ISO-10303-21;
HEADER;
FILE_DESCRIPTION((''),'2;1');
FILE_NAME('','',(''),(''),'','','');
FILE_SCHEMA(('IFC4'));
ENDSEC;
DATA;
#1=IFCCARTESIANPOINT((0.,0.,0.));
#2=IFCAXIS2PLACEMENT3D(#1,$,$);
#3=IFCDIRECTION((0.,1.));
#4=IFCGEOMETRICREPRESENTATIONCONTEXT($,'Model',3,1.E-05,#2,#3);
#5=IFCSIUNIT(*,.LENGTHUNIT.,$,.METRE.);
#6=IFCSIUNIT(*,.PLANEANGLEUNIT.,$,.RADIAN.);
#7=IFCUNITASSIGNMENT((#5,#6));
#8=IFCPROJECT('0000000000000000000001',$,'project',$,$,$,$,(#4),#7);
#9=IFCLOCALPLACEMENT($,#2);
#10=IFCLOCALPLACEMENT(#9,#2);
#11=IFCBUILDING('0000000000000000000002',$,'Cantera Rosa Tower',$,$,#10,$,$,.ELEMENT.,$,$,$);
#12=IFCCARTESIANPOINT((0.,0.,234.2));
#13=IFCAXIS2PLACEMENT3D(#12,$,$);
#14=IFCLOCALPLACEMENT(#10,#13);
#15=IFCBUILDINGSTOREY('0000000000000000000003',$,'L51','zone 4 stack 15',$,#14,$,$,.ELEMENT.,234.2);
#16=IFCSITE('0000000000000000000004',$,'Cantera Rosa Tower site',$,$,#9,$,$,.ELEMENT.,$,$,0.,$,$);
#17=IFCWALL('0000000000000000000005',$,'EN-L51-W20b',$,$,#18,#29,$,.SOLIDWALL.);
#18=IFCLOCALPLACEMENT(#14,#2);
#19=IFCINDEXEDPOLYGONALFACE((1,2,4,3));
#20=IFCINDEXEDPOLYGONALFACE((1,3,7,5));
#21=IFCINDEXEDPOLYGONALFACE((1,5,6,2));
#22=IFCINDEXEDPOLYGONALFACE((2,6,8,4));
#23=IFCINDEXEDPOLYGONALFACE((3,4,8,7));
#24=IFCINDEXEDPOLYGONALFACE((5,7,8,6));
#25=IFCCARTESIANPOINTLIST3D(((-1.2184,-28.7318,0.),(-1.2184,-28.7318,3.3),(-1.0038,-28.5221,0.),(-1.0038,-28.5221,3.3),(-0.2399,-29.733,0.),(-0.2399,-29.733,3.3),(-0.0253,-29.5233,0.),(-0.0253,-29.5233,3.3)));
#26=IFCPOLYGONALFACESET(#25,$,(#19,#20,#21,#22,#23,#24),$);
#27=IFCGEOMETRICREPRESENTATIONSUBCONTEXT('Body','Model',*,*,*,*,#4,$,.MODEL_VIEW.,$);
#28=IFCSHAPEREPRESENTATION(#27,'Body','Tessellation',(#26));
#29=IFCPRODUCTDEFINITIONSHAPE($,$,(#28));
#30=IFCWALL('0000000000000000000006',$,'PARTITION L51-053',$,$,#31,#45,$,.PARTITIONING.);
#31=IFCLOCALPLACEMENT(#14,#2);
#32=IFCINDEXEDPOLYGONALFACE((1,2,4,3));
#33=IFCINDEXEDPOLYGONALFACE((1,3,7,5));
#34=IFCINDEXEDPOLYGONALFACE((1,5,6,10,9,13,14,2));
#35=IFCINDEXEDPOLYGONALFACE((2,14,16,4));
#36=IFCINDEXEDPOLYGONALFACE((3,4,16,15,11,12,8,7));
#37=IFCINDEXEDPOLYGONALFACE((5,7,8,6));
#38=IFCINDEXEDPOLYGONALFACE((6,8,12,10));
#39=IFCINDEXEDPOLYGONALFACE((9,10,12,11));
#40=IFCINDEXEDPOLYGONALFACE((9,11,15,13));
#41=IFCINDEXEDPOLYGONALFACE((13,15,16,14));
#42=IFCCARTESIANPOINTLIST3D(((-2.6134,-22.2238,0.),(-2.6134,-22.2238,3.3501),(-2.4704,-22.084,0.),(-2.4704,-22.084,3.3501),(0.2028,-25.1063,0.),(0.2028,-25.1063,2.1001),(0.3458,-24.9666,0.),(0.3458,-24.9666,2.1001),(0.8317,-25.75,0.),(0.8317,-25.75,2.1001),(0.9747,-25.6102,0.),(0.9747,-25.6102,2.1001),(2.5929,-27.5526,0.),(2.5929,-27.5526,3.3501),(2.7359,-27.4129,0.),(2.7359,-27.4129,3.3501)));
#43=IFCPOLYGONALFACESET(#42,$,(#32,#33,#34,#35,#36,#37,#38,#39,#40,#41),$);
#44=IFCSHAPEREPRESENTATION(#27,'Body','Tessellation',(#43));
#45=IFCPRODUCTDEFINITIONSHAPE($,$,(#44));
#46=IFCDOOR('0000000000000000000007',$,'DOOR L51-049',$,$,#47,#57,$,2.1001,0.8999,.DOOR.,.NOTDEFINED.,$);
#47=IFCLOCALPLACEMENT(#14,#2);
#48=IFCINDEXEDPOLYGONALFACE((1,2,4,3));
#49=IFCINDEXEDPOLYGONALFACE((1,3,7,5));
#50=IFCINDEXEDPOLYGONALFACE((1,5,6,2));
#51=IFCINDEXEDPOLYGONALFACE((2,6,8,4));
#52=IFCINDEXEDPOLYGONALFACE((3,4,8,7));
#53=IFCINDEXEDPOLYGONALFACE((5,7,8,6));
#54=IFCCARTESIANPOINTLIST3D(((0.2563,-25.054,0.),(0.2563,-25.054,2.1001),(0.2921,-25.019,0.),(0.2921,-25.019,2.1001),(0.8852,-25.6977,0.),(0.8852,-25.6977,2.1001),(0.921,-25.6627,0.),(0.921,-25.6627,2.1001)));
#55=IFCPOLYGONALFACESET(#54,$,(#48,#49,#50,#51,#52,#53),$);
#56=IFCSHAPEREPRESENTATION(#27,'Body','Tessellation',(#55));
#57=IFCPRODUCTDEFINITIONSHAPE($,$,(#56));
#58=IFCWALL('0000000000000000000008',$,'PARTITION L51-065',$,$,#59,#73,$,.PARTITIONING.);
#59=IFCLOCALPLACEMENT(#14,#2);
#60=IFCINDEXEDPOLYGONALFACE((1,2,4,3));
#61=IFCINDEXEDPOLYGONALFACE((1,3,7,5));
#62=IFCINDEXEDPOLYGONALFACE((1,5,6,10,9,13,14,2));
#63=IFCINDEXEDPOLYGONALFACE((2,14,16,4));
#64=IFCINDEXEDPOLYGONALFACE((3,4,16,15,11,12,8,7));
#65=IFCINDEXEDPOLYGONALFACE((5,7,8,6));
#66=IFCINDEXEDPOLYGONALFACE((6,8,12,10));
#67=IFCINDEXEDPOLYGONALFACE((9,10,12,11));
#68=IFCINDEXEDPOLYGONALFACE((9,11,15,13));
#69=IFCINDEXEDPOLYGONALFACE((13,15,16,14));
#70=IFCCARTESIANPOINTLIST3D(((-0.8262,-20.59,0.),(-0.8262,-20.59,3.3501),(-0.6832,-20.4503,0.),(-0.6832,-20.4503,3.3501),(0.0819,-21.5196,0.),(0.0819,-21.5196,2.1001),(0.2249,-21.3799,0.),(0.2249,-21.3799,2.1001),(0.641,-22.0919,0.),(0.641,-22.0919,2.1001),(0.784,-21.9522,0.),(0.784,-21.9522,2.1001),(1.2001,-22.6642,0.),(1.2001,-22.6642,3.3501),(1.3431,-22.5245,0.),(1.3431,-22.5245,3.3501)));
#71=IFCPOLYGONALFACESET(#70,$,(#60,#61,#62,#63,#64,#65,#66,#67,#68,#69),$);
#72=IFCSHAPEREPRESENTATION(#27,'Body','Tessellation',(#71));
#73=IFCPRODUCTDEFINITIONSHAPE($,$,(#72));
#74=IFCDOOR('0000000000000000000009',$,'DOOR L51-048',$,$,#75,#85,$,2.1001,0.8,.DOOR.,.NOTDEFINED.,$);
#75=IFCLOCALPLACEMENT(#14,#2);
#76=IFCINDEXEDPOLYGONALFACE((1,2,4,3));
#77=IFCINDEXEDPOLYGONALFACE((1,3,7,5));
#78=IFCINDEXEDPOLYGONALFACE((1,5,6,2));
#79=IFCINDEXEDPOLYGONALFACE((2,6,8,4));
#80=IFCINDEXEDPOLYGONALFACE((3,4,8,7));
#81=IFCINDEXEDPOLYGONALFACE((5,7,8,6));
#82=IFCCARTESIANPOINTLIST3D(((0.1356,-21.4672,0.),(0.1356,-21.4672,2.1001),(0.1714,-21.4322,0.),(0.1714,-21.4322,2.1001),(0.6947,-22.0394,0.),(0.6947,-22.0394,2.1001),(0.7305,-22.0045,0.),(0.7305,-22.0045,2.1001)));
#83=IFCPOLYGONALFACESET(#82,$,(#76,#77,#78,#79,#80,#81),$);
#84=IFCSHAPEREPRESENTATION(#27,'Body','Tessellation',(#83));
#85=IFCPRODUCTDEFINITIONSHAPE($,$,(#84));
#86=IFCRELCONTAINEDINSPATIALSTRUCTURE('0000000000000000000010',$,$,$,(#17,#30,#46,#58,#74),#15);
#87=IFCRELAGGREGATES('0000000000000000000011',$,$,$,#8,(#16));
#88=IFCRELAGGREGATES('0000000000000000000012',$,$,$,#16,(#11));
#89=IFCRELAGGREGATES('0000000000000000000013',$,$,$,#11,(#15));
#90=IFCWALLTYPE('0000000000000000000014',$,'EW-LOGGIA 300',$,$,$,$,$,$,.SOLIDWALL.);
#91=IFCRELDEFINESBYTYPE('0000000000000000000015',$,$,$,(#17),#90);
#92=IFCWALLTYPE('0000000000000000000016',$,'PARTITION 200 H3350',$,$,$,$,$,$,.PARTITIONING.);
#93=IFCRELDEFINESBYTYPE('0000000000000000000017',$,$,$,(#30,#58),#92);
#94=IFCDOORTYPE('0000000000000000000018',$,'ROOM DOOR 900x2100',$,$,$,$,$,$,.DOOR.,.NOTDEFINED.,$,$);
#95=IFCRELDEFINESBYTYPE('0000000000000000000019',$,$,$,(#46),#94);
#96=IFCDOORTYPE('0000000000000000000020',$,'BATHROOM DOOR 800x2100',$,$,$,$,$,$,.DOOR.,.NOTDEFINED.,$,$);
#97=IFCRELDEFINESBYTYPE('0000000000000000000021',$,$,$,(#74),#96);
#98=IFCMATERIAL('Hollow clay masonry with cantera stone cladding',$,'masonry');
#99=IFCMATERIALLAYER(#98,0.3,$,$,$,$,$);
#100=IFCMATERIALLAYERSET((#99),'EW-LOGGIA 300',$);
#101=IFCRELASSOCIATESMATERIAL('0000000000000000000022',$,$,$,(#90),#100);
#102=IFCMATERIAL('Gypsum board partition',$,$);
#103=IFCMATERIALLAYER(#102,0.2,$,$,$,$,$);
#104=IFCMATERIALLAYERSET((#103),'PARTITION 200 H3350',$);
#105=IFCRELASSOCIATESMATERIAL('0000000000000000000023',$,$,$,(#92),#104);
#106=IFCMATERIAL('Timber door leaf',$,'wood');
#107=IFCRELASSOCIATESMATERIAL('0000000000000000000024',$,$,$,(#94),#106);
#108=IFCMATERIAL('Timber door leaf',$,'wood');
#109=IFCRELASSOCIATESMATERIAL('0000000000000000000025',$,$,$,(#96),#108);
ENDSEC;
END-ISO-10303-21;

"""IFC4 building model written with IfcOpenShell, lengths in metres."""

from ifc_helpers import new_model, si_unit, direction, frame, frame_2d, origin, place, context, subcontext, project, spatial, rectangle, extrude, material, layer, layer_set, type_object, element, fill, save


model = new_model("IFC4")

# Units and contexts
model_context = context("Model", 3, precision=1e-05, world=origin(), true_north=direction((0.0, 1.0)))
body_context = subcontext(model_context, "Body", "Model", "MODEL_VIEW")
ifc_project = project(units=[si_unit("LENGTHUNIT", "METRE"), si_unit("PLANEANGLEUNIT", "RADIAN")], contexts=[model_context])

# Site, building, storey
site_placement = place(None, origin())
site = spatial("IfcSite", under=ifc_project, at=site_placement, Name="Cantera Rosa Tower site", CompositionType="ELEMENT", RefElevation=0.0)
building_placement = place(site_placement, origin())
building = spatial("IfcBuilding", under=site, at=building_placement, Name="Cantera Rosa Tower", CompositionType="ELEMENT")
storey_placement = place(building_placement, frame((0.0, 0.0, 234.2)))
storey = spatial("IfcBuildingStorey", under=building, at=storey_placement, Name="L51", Description="zone 4 stack 15", CompositionType="ELEMENT", Elevation=234.2)

# Wall
ifc_material_1 = material(Name="Hollow clay masonry with cantera stone cladding", Category="masonry")
ifc_layer_1 = layer(ifc_material_1, 0.3)
ifc_layer_set_1 = layer_set([ifc_layer_1], Name="EW-LOGGIA 300")
wall_type_1 = type_object("IfcWallType", Name="EW-LOGGIA 300", PredefinedType="SOLIDWALL", material=ifc_layer_set_1)
wall_1_placement = place(storey_placement, frame((-1.1111, -28.627, 0.0), z_axis=(0.0, 0.0, 1.0), x_axis=(0.698951, -0.715169, 0.0)))
element("IfcWall", 1, at=wall_1_placement, inside=storey, type_object=wall_type_1, Name="EN-L51-W20b", PredefinedType="SOLIDWALL", context=body_context, shape_type="SweptSolid", body=[
    extrude(rectangle(XDim=1.3999, YDim=0.3, at=frame_2d((0.7, 0.0))), origin(), (0.0, 0.0, 1.0), 3.3),
])

# Walls, openings, doors
ifc_material_2 = material(Name="Gypsum board partition")
ifc_layer_2 = layer(ifc_material_2, 0.2)
ifc_layer_set_2 = layer_set([ifc_layer_2], Name="PARTITION 200 H3350")
wall_type_2 = type_object("IfcWallType", Name="PARTITION 200 H3350", PredefinedType="PARTITIONING", material=ifc_layer_set_2)
wall_2_placement = place(storey_placement, frame((-2.542, -22.1538, 0.0), z_axis=(0.0, 0.0, 1.0), x_axis=(0.698834, -0.715284, 0.0)))
wall_2 = element("IfcWall", 2, at=wall_2_placement, inside=storey, type_object=wall_type_2, Name="PARTITION L51-053", PredefinedType="PARTITIONING", context=body_context, shape_type="SweptSolid", body=[
    extrude(rectangle(XDim=7.45, YDim=0.2, at=frame_2d((3.7251, 0.0))), origin(), (0.0, 0.0, 1.0), 3.3501),
])
opening_1_placement = place(wall_2_placement, frame((4.03, 0.0, 0.0)))
opening_1 = element("IfcOpeningElement", 3, at=opening_1_placement, cuts=wall_2, PredefinedType="OPENING", context=body_context, shape_type="SweptSolid", body=[
    extrude(rectangle(XDim=0.8999, YDim=2.1001, at=frame_2d((0.45, 1.05))), frame((0.0, 0.1099, 0.0), z_axis=(0.0, -1.0, 0.0), x_axis=(1.0, 0.0, 0.0)), (0.0, 0.0, 1.0), 0.22),
])
ifc_material_3 = material(Name="Timber door leaf", Category="wood")
door_type_1 = type_object("IfcDoorType", Name="ROOM DOOR 900x2100", OperationType="NOTDEFINED", PredefinedType="DOOR", material=ifc_material_3)
door_1_placement = place(opening_1_placement, origin())
door_1 = element("IfcDoor", 4, at=door_1_placement, inside=storey, type_object=door_type_1, Name="DOOR L51-049", OperationType="NOTDEFINED", OverallHeight=2.1001, OverallWidth=0.8999, PredefinedType="DOOR", context=body_context, shape_type="SweptSolid", body=[
    extrude(rectangle(XDim=0.8999, YDim=2.1001, at=frame_2d((0.45, 1.05))), frame((0.0, 0.0249, 0.0), z_axis=(0.0, -1.0, 0.0), x_axis=(1.0, 0.0, 0.0)), (0.0, 0.0, 1.0), 0.05),
])
fill(opening_1, door_1)
wall_3_placement = place(storey_placement, frame((1.2715, -22.5942, 0.0), z_axis=(0.0, 0.0, 1.0), x_axis=(-0.698808, 0.71531, 0.0)))
wall_3 = element("IfcWall", 5, at=wall_3_placement, inside=storey, type_object=wall_type_2, Name="PARTITION L51-065", PredefinedType="PARTITIONING", context=body_context, shape_type="SweptSolid", body=[
    extrude(rectangle(XDim=2.8997, YDim=0.2, at=frame_2d((1.4497, 0.0))), origin(), (0.0, 0.0, 1.0), 3.3501),
])
opening_2_placement = place(wall_3_placement, frame((0.8, 0.0, 0.0)))
opening_2 = element("IfcOpeningElement", 6, at=opening_2_placement, cuts=wall_3, PredefinedType="OPENING", context=body_context, shape_type="SweptSolid", body=[
    extrude(rectangle(XDim=0.8, YDim=2.1001, at=frame_2d((0.3999, 1.05))), frame((0.0, 0.1099, 0.0), z_axis=(0.0, -1.0, 0.0), x_axis=(1.0, 0.0, 0.0)), (0.0, 0.0, 1.0), 0.22),
])
ifc_material_4 = material(Name="Timber door leaf", Category="wood")
door_type_2 = type_object("IfcDoorType", Name="BATHROOM DOOR 800x2100", OperationType="NOTDEFINED", PredefinedType="DOOR", material=ifc_material_4)
door_2_placement = place(opening_2_placement, origin())
door_2 = element("IfcDoor", 7, at=door_2_placement, inside=storey, type_object=door_type_2, Name="DOOR L51-048", OperationType="NOTDEFINED", OverallHeight=2.1001, OverallWidth=0.8, PredefinedType="DOOR", context=body_context, shape_type="SweptSolid", body=[
    extrude(rectangle(XDim=0.8, YDim=2.1001, at=frame_2d((0.3999, 1.05))), frame((0.0, 0.0249, 0.0), z_axis=(0.0, -1.0, 0.0), x_axis=(1.0, 0.0, 0.0)), (0.0, 0.0, 1.0), 0.05),
])
fill(opening_2, door_2)

save(model, "model.ifc")
